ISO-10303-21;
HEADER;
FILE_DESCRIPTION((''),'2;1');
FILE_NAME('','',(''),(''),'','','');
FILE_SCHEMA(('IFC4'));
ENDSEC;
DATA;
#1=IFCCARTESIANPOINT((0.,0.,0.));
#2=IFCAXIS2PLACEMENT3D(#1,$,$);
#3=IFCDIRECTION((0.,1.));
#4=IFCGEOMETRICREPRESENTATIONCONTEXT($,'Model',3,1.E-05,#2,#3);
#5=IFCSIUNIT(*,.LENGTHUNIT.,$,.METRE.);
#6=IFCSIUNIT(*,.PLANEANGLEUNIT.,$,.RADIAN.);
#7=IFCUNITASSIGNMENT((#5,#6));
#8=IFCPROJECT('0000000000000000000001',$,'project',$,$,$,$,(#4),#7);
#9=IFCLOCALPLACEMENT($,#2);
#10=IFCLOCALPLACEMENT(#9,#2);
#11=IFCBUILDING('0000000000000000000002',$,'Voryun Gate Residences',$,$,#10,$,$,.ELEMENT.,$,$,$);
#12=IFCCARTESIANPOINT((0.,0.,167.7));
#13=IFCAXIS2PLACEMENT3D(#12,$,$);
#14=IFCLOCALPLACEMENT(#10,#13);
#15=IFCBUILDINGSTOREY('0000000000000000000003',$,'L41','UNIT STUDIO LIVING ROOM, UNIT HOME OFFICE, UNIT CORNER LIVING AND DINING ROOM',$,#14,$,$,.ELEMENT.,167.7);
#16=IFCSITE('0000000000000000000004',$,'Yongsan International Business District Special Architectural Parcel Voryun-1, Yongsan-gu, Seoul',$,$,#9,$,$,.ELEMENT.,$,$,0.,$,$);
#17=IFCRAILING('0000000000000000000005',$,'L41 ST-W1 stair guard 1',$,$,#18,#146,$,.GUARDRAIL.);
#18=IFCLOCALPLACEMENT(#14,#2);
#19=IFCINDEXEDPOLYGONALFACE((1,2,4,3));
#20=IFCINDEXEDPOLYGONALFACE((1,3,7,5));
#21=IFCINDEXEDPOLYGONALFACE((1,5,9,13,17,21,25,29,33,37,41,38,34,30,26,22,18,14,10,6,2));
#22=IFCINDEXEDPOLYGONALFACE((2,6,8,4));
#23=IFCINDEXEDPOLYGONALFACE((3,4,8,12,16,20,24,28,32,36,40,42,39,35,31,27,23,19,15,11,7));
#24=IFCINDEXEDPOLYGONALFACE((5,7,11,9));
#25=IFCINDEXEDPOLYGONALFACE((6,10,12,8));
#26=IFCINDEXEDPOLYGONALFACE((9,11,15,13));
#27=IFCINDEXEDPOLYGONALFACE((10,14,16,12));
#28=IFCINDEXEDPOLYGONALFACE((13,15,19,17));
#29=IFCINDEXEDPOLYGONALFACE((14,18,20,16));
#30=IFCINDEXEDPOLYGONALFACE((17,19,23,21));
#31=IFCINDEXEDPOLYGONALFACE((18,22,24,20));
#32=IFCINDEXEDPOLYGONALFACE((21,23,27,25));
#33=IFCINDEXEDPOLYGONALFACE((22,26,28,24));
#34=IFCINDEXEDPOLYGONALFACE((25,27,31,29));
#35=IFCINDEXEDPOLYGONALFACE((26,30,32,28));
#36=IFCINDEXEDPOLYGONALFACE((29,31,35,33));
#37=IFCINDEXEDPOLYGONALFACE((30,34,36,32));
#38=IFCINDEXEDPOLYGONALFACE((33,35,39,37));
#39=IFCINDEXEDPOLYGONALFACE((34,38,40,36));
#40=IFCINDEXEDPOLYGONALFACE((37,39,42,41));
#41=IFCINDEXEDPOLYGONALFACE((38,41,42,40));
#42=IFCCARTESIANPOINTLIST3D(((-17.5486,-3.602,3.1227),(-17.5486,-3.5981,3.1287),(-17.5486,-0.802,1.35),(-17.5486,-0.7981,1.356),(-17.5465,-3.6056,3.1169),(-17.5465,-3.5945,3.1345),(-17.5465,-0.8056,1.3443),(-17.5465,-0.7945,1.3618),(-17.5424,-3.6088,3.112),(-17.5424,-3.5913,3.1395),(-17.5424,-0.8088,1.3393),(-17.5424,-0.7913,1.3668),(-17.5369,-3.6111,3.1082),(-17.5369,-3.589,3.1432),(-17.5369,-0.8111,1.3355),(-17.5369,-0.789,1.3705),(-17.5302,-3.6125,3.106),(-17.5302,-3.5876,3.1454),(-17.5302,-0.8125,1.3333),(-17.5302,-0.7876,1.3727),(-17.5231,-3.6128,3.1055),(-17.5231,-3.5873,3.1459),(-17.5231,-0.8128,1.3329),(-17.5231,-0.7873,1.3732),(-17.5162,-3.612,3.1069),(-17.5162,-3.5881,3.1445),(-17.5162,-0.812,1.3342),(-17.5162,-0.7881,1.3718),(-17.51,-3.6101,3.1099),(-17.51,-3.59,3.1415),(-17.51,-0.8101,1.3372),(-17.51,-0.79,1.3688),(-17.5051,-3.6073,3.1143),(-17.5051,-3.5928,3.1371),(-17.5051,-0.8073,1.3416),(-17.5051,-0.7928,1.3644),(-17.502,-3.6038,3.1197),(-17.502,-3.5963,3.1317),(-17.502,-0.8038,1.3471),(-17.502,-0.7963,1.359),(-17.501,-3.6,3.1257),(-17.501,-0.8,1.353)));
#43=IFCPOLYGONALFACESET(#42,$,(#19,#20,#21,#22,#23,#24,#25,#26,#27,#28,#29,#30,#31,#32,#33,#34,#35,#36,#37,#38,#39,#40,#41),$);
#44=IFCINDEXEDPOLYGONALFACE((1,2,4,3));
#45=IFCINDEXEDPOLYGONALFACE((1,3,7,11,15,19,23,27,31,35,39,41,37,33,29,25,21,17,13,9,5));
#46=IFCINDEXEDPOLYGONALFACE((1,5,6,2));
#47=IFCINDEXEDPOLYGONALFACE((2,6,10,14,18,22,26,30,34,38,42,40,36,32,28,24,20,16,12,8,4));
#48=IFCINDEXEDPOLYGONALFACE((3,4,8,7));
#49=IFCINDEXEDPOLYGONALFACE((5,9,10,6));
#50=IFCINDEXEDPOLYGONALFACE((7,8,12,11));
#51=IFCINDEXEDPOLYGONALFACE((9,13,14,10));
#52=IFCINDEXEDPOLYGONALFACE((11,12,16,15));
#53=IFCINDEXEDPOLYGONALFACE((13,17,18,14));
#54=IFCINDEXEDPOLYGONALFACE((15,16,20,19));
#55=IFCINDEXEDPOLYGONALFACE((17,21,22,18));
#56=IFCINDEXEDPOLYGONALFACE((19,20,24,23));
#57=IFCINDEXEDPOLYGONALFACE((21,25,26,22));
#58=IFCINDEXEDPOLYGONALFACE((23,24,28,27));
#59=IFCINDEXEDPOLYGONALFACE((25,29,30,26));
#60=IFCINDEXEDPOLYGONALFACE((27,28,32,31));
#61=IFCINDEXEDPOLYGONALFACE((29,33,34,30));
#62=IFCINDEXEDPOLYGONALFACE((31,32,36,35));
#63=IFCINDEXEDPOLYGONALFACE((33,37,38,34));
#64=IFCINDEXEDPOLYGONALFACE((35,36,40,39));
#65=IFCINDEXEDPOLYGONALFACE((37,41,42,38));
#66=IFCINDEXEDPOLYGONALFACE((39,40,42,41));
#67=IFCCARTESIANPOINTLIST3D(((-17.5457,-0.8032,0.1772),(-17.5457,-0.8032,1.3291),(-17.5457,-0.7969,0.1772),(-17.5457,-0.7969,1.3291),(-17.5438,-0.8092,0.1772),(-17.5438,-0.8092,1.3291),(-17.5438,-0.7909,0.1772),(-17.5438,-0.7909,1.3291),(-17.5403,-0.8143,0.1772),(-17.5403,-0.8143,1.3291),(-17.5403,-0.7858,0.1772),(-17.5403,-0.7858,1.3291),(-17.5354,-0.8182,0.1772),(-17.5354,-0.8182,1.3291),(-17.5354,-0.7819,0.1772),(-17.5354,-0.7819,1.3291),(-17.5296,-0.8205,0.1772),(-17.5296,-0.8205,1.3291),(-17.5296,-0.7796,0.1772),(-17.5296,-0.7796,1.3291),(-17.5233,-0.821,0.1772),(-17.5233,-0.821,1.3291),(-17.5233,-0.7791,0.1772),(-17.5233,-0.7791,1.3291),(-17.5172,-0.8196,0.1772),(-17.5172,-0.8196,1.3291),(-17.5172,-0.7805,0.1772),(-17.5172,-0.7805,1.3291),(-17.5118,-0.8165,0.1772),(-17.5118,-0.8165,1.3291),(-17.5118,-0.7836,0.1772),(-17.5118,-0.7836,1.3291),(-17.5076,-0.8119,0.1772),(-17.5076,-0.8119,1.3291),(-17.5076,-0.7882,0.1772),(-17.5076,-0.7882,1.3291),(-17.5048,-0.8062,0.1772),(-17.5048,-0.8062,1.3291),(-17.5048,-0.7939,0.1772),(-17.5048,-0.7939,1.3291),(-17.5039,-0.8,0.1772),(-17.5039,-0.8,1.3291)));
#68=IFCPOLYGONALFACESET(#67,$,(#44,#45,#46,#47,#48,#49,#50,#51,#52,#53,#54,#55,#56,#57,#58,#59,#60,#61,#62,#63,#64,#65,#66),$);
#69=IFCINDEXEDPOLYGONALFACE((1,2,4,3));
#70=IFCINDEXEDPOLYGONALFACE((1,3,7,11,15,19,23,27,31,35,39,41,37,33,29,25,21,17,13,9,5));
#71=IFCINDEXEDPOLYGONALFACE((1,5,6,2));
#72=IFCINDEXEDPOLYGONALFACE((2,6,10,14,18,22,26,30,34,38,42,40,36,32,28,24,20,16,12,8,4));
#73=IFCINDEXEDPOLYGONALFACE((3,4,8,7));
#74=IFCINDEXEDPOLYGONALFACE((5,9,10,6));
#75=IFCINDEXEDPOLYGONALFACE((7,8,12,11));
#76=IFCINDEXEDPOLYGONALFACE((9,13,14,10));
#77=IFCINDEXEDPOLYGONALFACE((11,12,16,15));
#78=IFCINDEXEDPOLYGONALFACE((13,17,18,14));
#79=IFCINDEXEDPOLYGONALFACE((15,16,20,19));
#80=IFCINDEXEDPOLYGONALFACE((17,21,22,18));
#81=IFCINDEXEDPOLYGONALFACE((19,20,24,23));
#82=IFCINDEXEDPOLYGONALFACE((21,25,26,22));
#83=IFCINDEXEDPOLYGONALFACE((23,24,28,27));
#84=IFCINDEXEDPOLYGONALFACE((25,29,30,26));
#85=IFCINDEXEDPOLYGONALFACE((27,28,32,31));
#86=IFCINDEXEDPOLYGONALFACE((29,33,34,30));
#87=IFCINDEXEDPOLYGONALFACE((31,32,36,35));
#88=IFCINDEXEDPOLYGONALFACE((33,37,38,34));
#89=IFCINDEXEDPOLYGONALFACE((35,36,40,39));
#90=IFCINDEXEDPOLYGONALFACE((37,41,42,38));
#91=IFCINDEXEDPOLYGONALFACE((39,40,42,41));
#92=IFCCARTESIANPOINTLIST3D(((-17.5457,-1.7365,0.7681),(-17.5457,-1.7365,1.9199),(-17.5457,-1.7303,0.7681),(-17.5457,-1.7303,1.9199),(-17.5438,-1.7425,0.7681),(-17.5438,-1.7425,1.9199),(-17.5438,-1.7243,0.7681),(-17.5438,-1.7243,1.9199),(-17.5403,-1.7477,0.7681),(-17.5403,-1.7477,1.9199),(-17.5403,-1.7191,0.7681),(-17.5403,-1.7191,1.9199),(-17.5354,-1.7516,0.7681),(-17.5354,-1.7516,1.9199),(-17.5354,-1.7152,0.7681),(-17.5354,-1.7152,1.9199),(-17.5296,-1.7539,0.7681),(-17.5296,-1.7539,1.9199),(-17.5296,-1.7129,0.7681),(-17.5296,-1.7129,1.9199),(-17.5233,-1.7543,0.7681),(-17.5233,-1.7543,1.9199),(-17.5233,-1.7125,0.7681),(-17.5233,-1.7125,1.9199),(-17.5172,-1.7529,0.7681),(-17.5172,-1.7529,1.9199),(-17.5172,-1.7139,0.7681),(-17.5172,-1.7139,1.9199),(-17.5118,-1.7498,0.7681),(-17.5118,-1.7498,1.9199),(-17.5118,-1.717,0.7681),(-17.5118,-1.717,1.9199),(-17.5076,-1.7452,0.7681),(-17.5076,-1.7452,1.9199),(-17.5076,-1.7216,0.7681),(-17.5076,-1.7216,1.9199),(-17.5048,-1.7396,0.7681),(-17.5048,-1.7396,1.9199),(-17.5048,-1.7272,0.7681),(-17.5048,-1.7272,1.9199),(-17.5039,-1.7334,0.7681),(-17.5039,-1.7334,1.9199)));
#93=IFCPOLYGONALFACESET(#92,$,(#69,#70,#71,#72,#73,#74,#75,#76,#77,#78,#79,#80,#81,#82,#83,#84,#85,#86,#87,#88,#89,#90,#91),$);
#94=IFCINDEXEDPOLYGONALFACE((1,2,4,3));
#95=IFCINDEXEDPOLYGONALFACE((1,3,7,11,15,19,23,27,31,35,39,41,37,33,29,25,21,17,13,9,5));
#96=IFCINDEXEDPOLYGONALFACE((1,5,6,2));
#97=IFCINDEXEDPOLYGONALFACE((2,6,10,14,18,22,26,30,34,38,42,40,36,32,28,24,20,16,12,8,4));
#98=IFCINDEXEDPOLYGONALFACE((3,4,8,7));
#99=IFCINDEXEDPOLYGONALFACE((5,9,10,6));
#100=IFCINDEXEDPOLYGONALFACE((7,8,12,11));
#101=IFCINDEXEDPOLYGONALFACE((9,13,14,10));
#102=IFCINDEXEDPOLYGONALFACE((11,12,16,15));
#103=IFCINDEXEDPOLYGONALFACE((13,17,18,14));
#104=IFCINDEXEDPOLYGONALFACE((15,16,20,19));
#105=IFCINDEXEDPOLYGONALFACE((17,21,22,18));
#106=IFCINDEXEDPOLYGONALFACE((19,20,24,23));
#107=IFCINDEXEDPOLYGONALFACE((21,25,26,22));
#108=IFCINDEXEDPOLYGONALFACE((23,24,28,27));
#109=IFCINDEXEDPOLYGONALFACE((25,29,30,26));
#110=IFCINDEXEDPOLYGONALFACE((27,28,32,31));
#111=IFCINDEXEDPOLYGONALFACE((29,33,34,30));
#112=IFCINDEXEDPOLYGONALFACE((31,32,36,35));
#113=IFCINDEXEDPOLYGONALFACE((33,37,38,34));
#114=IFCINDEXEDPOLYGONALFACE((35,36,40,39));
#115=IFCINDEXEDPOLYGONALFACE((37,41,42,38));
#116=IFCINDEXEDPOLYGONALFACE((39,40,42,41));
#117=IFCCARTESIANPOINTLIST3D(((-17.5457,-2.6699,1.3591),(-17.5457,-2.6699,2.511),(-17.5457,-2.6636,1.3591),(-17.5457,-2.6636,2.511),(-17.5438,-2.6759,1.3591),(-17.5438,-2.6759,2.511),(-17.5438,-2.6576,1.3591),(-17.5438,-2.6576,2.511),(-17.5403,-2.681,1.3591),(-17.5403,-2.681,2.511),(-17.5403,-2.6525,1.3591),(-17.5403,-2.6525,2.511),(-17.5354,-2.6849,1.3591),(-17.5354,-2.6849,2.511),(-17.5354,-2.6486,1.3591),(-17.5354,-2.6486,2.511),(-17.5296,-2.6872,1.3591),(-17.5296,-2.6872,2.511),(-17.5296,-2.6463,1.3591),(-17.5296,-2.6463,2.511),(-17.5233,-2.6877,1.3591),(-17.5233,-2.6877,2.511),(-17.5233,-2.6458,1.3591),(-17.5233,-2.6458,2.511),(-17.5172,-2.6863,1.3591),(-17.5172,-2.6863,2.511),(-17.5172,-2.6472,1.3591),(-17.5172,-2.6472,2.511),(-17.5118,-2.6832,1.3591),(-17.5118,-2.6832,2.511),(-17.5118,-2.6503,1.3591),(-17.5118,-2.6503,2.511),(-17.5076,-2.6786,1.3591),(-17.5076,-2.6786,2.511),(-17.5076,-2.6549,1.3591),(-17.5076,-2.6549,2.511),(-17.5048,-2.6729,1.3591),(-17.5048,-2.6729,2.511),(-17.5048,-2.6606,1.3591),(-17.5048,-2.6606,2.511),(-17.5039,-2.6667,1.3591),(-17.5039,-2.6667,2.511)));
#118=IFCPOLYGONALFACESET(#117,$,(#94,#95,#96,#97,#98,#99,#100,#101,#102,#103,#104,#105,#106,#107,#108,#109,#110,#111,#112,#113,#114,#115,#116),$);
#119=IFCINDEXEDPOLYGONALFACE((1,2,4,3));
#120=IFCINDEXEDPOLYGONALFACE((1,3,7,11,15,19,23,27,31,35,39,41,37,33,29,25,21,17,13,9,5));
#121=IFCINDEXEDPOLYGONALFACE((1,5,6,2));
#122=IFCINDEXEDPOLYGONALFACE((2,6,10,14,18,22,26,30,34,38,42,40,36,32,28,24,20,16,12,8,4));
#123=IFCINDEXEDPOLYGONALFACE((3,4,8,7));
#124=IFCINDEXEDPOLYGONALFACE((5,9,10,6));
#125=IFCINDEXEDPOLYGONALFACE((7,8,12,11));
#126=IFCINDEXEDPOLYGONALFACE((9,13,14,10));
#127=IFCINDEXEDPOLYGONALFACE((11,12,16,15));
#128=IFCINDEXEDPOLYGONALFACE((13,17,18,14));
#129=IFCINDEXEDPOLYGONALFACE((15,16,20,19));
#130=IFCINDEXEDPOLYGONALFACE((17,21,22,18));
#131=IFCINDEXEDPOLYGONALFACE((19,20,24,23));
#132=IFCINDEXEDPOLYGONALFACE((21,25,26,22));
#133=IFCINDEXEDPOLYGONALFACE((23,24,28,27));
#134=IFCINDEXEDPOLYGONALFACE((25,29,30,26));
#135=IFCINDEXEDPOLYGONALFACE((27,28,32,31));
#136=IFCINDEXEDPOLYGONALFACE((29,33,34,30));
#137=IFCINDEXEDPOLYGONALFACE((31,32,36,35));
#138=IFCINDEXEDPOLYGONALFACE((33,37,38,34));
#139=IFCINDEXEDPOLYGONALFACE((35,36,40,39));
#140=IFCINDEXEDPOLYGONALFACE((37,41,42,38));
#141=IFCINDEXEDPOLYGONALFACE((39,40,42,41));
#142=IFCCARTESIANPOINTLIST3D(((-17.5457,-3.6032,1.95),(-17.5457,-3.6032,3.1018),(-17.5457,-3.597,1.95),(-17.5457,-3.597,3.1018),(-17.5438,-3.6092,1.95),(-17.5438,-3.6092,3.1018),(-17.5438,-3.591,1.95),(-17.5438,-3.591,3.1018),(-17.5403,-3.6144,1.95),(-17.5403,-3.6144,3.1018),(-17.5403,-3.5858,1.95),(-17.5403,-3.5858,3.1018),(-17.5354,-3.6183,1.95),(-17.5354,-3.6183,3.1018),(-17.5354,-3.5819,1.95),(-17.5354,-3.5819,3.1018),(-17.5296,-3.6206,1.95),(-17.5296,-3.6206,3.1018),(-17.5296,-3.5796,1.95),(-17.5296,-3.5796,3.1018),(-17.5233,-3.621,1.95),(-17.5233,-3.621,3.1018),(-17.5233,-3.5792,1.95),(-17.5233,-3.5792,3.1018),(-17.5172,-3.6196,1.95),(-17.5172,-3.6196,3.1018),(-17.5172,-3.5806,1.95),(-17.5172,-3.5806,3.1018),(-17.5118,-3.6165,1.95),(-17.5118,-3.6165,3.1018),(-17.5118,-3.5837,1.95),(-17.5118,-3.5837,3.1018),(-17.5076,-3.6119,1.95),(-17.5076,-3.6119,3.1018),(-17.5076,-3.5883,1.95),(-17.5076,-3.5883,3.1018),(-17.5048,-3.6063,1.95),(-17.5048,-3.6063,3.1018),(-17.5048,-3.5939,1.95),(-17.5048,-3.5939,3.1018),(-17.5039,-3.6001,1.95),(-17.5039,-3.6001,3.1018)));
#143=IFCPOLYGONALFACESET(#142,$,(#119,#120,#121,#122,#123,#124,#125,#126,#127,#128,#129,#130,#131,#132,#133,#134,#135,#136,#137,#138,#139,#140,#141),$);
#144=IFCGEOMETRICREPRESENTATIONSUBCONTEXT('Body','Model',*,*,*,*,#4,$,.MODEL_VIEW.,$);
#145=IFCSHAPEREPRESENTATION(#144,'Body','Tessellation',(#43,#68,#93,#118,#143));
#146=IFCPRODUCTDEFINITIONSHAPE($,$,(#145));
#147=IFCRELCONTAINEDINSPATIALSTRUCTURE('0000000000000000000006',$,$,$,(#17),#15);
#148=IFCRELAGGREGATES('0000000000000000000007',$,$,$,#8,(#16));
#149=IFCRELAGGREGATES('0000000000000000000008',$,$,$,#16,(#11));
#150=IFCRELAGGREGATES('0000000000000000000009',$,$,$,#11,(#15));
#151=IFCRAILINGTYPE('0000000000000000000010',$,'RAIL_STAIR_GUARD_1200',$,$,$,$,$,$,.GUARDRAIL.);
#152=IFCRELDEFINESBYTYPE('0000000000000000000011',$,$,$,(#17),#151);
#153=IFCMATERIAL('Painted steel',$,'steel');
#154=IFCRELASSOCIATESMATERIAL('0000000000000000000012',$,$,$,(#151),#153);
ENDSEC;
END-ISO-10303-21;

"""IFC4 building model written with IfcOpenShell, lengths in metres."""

from ifc_helpers import new_model, si_unit, direction, frame, origin, origin_2d, place, context, subcontext, project, spatial, circle, extrude, material, type_object, element, save


model = new_model("IFC4")

# Units and contexts
model_context = context("Model", 3, precision=1e-05, world=origin(), true_north=direction((0.0, 1.0)))
body_context = subcontext(model_context, "Body", "Model", "MODEL_VIEW")
ifc_project = project(units=[si_unit("LENGTHUNIT", "METRE"), si_unit("PLANEANGLEUNIT", "RADIAN")], contexts=[model_context])

# Site, building, storey
site_placement = place(None, origin())
site = spatial("IfcSite", under=ifc_project, at=site_placement, Name="Yongsan International Business District Special Architectural Parcel Voryun-1, Yongsan-gu, Seoul", CompositionType="ELEMENT", RefElevation=0.0)
building_placement = place(site_placement, origin())
building = spatial("IfcBuilding", under=site, at=building_placement, Name="Voryun Gate Residences", CompositionType="ELEMENT")
storey_placement = place(building_placement, frame((0.0, 0.0, 167.7)))
storey = spatial("IfcBuildingStorey", under=building, at=storey_placement, Name="L41", Description="UNIT STUDIO LIVING ROOM, UNIT HOME OFFICE, UNIT CORNER LIVING AND DINING ROOM", CompositionType="ELEMENT", Elevation=167.7)

# Railing
ifc_material_1 = material(Name="Painted steel", Category="steel")
railing_type_1 = type_object("IfcRailingType", Name="RAIL_STAIR_GUARD_1200", PredefinedType="GUARDRAIL", material=ifc_material_1)
railing_1_placement = place(storey_placement, frame((-17.5249, -0.8, 0.1772)))
element("IfcRailing", 1, at=railing_1_placement, inside=storey, type_object=railing_type_1, Name="L41 ST-W1 stair guard 1", PredefinedType="GUARDRAIL", context=body_context, shape_type="SweptSolid", body=[
    extrude(circle(Radius=0.0239, at=origin_2d()), frame((0.0, 0.0, 1.1758), z_axis=(0.0, -0.844909, 0.53491), x_axis=(1.0, 0.0, 0.0)), (0.0, 0.0, 1.0), 3.314),
    extrude(circle(Radius=0.021, at=origin_2d()), origin(), (0.0, 0.0, 1.0), 1.1519),
    extrude(circle(Radius=0.021, at=origin_2d()), frame((0.0, -0.9333, 0.5908)), (0.0, 0.0, 1.0), 1.1519),
    extrude(circle(Radius=0.021, at=origin_2d()), frame((0.0, -1.8667, 1.1819)), (0.0, 0.0, 1.0), 1.1519),
    extrude(circle(Radius=0.021, at=origin_2d()), frame((0.0, -2.8, 1.7727)), (0.0, 0.0, 1.0), 1.1519),
])

save(model, "model.ifc")
